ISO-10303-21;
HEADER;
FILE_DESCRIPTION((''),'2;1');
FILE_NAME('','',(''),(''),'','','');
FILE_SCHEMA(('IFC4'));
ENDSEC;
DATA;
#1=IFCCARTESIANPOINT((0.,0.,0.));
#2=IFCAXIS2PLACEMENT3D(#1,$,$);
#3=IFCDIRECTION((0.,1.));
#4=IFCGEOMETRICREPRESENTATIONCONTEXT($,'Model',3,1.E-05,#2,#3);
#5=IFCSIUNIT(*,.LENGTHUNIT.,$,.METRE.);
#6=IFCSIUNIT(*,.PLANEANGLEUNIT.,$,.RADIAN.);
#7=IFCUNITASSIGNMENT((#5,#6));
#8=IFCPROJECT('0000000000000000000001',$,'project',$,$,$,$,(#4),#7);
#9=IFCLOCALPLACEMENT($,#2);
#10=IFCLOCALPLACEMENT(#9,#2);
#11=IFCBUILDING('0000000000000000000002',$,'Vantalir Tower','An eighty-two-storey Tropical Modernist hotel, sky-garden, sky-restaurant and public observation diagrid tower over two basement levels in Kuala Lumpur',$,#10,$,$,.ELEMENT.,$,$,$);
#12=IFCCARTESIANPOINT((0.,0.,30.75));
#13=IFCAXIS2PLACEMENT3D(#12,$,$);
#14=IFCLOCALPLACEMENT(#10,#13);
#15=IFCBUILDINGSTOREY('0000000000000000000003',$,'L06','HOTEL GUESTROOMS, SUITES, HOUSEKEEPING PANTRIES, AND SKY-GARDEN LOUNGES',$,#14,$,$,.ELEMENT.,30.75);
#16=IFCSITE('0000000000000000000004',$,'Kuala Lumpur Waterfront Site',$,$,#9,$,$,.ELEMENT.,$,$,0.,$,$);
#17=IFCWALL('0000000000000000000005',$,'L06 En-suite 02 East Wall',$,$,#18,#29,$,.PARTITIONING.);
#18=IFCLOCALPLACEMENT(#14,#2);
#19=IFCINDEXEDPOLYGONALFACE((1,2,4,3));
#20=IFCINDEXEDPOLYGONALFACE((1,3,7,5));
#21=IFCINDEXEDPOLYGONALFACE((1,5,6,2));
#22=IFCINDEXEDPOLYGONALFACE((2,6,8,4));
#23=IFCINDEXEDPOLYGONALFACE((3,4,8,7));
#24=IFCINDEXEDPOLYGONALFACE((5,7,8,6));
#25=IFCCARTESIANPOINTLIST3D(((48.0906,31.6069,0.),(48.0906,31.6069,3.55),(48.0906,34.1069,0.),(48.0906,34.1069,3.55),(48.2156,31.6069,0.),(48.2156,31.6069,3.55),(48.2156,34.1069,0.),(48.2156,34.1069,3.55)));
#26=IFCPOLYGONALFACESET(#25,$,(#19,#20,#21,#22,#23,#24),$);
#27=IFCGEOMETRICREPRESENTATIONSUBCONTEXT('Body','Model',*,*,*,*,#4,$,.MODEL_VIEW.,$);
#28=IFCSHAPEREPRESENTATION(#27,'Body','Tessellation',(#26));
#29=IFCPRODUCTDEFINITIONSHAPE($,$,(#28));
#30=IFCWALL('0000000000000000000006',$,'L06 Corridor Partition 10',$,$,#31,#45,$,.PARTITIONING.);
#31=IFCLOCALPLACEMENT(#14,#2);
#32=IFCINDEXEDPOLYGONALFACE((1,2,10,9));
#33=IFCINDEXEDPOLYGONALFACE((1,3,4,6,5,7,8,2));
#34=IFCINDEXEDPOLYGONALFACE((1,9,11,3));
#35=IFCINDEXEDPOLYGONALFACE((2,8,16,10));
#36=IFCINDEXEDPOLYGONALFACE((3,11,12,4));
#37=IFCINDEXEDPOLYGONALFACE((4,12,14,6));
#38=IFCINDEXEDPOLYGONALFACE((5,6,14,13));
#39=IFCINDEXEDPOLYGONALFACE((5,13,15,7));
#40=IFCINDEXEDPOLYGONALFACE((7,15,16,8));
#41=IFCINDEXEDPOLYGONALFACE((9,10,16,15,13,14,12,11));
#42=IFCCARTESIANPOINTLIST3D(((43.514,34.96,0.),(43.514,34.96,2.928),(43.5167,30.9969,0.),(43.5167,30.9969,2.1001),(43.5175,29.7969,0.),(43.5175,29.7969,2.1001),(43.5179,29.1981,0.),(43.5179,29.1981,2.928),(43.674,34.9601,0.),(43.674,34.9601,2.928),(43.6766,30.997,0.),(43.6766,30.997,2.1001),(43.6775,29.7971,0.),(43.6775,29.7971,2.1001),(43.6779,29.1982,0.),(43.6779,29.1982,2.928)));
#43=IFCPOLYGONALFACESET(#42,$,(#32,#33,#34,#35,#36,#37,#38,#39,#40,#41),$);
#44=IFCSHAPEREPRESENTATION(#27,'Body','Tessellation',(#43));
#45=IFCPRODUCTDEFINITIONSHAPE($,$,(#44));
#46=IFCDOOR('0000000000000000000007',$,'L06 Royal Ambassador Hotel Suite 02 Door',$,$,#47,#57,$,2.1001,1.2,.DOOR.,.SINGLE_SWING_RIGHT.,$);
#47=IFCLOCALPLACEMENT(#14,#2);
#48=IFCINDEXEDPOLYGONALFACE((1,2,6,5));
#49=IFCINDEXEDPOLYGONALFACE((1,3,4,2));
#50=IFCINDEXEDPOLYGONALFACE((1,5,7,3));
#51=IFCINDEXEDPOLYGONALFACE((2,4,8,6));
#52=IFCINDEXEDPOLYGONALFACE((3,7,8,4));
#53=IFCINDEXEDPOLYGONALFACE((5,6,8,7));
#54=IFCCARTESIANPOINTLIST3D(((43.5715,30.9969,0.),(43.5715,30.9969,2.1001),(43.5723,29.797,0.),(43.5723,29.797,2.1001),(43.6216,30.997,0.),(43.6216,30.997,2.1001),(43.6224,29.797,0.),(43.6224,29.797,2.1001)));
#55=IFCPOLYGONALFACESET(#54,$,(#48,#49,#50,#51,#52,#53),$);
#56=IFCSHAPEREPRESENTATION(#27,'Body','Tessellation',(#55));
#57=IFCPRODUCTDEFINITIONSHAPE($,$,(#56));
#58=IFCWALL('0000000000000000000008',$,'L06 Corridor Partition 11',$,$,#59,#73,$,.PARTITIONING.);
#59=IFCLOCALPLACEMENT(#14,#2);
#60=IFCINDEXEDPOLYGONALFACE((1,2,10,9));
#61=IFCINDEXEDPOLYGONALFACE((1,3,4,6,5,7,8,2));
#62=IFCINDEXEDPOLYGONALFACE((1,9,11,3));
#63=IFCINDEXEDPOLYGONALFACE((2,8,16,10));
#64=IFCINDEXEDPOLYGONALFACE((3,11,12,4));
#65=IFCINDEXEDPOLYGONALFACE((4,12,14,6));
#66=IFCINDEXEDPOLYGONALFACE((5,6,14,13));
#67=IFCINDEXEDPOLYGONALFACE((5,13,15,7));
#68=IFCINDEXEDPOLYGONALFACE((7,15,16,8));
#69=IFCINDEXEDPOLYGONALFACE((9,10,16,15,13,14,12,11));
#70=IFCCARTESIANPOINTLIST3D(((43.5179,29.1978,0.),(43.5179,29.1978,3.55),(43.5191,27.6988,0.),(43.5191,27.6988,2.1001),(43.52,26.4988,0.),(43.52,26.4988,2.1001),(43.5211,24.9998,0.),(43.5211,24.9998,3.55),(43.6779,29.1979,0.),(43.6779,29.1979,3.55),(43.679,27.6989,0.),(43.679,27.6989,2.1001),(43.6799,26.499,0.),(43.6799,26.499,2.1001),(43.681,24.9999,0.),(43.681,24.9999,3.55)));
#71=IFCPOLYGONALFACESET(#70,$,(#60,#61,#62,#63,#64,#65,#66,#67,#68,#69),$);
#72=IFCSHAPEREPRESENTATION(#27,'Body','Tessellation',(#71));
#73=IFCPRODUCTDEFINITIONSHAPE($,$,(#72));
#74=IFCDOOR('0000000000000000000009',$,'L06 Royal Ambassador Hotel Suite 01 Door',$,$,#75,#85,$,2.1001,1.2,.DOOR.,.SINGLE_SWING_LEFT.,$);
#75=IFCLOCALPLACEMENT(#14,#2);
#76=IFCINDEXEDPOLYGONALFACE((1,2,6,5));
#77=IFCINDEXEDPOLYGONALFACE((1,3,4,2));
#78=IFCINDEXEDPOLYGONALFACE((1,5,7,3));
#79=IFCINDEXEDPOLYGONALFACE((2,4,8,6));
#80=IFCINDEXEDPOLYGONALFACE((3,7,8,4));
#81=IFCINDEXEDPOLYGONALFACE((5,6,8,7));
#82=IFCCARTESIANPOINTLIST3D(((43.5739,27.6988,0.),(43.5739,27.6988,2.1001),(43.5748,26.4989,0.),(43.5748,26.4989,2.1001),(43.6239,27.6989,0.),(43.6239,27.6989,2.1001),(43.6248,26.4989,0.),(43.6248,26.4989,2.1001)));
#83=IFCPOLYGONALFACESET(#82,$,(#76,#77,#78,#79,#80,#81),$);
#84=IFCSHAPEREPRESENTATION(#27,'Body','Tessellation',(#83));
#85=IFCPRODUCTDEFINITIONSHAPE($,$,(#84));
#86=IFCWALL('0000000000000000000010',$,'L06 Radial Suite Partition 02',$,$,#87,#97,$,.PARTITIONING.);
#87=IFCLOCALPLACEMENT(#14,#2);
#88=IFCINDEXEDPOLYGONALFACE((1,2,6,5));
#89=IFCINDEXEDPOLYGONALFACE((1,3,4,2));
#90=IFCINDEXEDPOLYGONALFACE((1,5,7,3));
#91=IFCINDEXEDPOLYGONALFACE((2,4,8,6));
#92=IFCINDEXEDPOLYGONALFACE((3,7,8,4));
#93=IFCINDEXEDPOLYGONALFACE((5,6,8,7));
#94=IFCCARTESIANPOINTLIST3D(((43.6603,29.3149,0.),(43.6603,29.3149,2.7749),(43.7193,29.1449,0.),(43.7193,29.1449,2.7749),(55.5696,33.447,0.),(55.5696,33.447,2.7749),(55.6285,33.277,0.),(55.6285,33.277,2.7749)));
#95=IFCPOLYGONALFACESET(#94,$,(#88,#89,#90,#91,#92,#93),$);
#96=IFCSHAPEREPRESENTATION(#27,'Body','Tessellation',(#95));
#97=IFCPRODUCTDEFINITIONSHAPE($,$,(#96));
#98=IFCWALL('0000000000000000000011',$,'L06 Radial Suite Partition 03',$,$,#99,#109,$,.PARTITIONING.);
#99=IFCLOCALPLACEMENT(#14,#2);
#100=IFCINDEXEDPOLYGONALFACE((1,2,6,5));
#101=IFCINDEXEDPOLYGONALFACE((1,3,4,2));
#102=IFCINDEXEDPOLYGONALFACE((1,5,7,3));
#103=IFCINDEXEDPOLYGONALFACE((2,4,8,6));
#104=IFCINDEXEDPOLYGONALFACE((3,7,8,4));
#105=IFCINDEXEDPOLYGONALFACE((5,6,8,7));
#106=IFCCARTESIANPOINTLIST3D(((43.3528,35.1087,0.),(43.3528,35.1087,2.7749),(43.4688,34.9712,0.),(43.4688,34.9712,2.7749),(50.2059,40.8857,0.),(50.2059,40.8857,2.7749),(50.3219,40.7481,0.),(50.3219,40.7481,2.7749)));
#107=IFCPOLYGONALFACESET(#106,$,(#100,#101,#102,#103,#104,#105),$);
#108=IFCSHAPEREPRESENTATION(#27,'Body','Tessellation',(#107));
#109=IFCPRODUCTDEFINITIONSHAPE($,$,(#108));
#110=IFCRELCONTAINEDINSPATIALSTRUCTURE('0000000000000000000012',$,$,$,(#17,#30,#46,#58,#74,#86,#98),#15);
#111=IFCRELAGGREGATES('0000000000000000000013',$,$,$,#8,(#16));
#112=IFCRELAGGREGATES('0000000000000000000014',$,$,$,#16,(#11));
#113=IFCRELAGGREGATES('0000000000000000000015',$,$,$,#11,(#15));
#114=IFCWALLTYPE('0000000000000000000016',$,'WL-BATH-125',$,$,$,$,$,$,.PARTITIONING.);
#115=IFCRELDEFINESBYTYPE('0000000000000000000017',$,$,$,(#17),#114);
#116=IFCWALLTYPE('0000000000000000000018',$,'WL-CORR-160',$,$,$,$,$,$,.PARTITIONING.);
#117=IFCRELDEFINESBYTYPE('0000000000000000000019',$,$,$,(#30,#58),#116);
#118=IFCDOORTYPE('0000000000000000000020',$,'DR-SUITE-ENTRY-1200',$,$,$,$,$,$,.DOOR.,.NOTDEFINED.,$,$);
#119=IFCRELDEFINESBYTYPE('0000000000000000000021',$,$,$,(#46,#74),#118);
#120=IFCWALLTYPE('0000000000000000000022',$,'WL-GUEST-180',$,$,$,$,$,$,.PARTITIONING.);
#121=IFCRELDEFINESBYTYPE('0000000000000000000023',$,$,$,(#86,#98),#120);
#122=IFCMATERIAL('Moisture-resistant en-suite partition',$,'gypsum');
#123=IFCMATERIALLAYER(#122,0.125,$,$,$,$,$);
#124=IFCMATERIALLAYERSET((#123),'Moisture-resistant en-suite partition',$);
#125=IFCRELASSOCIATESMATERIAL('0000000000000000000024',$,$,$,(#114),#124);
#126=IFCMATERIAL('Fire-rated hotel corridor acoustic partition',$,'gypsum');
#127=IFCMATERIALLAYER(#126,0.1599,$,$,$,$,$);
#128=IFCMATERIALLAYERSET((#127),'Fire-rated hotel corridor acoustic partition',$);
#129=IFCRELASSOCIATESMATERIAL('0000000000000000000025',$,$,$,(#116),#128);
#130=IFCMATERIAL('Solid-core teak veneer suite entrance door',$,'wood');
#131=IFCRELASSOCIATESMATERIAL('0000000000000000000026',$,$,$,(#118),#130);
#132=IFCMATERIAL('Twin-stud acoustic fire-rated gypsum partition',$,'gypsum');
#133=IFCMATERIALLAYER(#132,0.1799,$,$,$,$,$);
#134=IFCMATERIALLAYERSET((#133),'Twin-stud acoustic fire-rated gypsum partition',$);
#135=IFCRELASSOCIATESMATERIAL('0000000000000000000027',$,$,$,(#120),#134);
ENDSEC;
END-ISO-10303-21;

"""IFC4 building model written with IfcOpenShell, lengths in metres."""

from ifc_helpers import new_model, si_unit, direction, frame, frame_2d, origin, place, context, subcontext, project, spatial, rectangle, extrude, material, layer, layer_set, type_object, element, fill, save


model = new_model("IFC4")

# Units and contexts
model_context = context("Model", 3, precision=1e-05, world=origin(), true_north=direction((0.0, 1.0)))
body_context = subcontext(model_context, "Body", "Model", "MODEL_VIEW")
ifc_project = project(units=[si_unit("LENGTHUNIT", "METRE"), si_unit("PLANEANGLEUNIT", "RADIAN")], contexts=[model_context])

# Site, building, storey
site_placement = place(None, origin())
site = spatial("IfcSite", under=ifc_project, at=site_placement, Name="Kuala Lumpur Waterfront Site", CompositionType="ELEMENT", RefElevation=0.0)
building_placement = place(site_placement, origin())
building = spatial("IfcBuilding", under=site, at=building_placement, Name="Vantalir Tower", Description="An eighty-two-storey Tropical Modernist hotel, sky-garden, sky-restaurant and public observation diagrid tower over two basement levels in Kuala Lumpur", CompositionType="ELEMENT")
storey_placement = place(building_placement, frame((0.0, 0.0, 30.75)))
storey = spatial("IfcBuildingStorey", under=building, at=storey_placement, Name="L06", Description="HOTEL GUESTROOMS, SUITES, HOUSEKEEPING PANTRIES, AND SKY-GARDEN LOUNGES", CompositionType="ELEMENT", Elevation=30.75)

# Shared definitions
ifc_material_1 = material(Name="Moisture-resistant en-suite partition", Category="gypsum")
ifc_layer_1 = layer(ifc_material_1, 0.125)
ifc_layer_set_1 = layer_set([ifc_layer_1], Name="Moisture-resistant en-suite partition")
wall_type_1 = type_object("IfcWallType", Name="WL-BATH-125", PredefinedType="PARTITIONING", material=ifc_layer_set_1)

# Wall
wall_1_placement = place(storey_placement, frame((48.1531, 31.6069, 0.0), z_axis=(0.0, 0.0, 1.0), x_axis=(0.0, 1.0, 0.0)))
element("IfcWall", 1, at=wall_1_placement, inside=storey, type_object=wall_type_1, Name="L06 En-suite 02 East Wall", PredefinedType="PARTITIONING", context=body_context, shape_type="SweptSolid", body=[
    extrude(rectangle(XDim=2.5, YDim=0.125, at=frame_2d((1.25, 0.0))), origin(), (0.0, 0.0, 1.0), 3.55),
])

# Walls, openings, doors
ifc_material_2 = material(Name="Fire-rated hotel corridor acoustic partition", Category="gypsum")
ifc_layer_2 = layer(ifc_material_2, 0.1599)
ifc_layer_set_2 = layer_set([ifc_layer_2], Name="Fire-rated hotel corridor acoustic partition")
wall_type_2 = type_object("IfcWallType", Name="WL-CORR-160", PredefinedType="PARTITIONING", material=ifc_layer_set_2)
wall_2_placement = place(storey_placement, frame((43.594, 34.96, 0.0), z_axis=(0.0, 0.0, 1.0), x_axis=(0.000678, -1.0, 0.0)))
wall_2 = element("IfcWall", 2, at=wall_2_placement, inside=storey, type_object=wall_type_2, Name="L06 Corridor Partition 10", PredefinedType="PARTITIONING", context=body_context, shape_type="SweptSolid", body=[
    extrude(rectangle(XDim=5.762, YDim=0.1599, at=frame_2d((2.8809, 0.0))), origin(), (0.0, 0.0, 1.0), 2.928),
])
opening_1_placement = place(wall_2_placement, frame((3.9629, 0.0, 0.0)))
opening_1 = element("IfcOpeningElement", 3, at=opening_1_placement, cuts=wall_2, PredefinedType="OPENING", context=body_context, shape_type="SweptSolid", body=[
    extrude(rectangle(XDim=1.2, YDim=2.1001, at=frame_2d((0.6001, 1.05))), frame((0.0, 0.0898, 0.0), z_axis=(0.0, -1.0, 0.0), x_axis=(1.0, 0.0, 0.0)), (0.0, 0.0, 1.0), 0.1799),
])
ifc_material_3 = material(Name="Solid-core teak veneer suite entrance door", Category="wood")
door_type_1 = type_object("IfcDoorType", Name="DR-SUITE-ENTRY-1200", OperationType="NOTDEFINED", PredefinedType="DOOR", material=ifc_material_3)
door_1_placement = place(opening_1_placement, origin())
door_1 = element("IfcDoor", 4, at=door_1_placement, inside=storey, type_object=door_type_1, Name="L06 Royal Ambassador Hotel Suite 02 Door", OperationType="SINGLE_SWING_RIGHT", OverallHeight=2.1001, OverallWidth=1.2, PredefinedType="DOOR", context=body_context, shape_type="SweptSolid", body=[
    extrude(rectangle(XDim=1.2, YDim=2.1001, at=frame_2d((0.6001, 1.05))), frame((0.0, 0.0249, 0.0), z_axis=(0.0, -1.0, 0.0), x_axis=(1.0, 0.0, 0.0)), (0.0, 0.0, 1.0), 0.05),
])
fill(opening_1, door_1)
wall_3_placement = place(storey_placement, frame((43.5979, 29.198, 0.0), z_axis=(0.0, 0.0, 1.0), x_axis=(0.000756, -1.0, 0.0)))
wall_3 = element("IfcWall", 5, at=wall_3_placement, inside=storey, type_object=wall_type_2, Name="L06 Corridor Partition 11", PredefinedType="PARTITIONING", context=body_context, shape_type="SweptSolid", body=[
    extrude(rectangle(XDim=4.198, YDim=0.1599, at=frame_2d((2.0991, 0.0))), origin(), (0.0, 0.0, 1.0), 3.55),
])
opening_2_placement = place(wall_3_placement, frame((1.499, 0.0, 0.0)))
opening_2 = element("IfcOpeningElement", 6, at=opening_2_placement, cuts=wall_3, PredefinedType="OPENING", context=body_context, shape_type="SweptSolid", body=[
    extrude(rectangle(XDim=1.2, YDim=2.1001, at=frame_2d((0.6001, 1.05))), frame((0.0, 0.0898, 0.0), z_axis=(0.0, -1.0, 0.0), x_axis=(1.0, 0.0, 0.0)), (0.0, 0.0, 1.0), 0.1799),
])
door_2_placement = place(opening_2_placement, origin())
door_2 = element("IfcDoor", 7, at=door_2_placement, inside=storey, type_object=door_type_1, Name="L06 Royal Ambassador Hotel Suite 01 Door", OperationType="SINGLE_SWING_LEFT", OverallHeight=2.1001, OverallWidth=1.2, PredefinedType="DOOR", context=body_context, shape_type="SweptSolid", body=[
    extrude(rectangle(XDim=1.2, YDim=2.1001, at=frame_2d((0.6001, 1.05))), frame((0.0, 0.0249, 0.0), z_axis=(0.0, -1.0, 0.0), x_axis=(1.0, 0.0, 0.0)), (0.0, 0.0, 1.0), 0.05),
])
fill(opening_2, door_2)

# Walls
ifc_material_4 = material(Name="Twin-stud acoustic fire-rated gypsum partition", Category="gypsum")
ifc_layer_3 = layer(ifc_material_4, 0.1799)
ifc_layer_set_3 = layer_set([ifc_layer_3], Name="Twin-stud acoustic fire-rated gypsum partition")
wall_type_3 = type_object("IfcWallType", Name="WL-GUEST-180", PredefinedType="PARTITIONING", material=ifc_layer_set_3)
wall_4_placement = place(storey_placement, frame((43.6899, 29.23, 0.0), z_axis=(0.0, 0.0, 1.0), x_axis=(0.944749, 0.327796, 0.0)))
element("IfcWall", 8, at=wall_4_placement, inside=storey, type_object=wall_type_3, Name="L06 Radial Suite Partition 02", PredefinedType="PARTITIONING", context=body_context, shape_type="SweptSolid", body=[
    extrude(rectangle(XDim=12.6057, YDim=0.1799, at=frame_2d((6.3027, 0.0))), origin(), (0.0, 0.0, 1.0), 2.7749),
])
wall_5_placement = place(storey_placement, frame((43.4109, 35.04, 0.0), z_axis=(0.0, 0.0, 1.0), x_axis=(0.764588, 0.64452, 0.0)))
element("IfcWall", 9, at=wall_5_placement, inside=storey, type_object=wall_type_3, Name="L06 Radial Suite Partition 03", PredefinedType="PARTITIONING", context=body_context, shape_type="SweptSolid", body=[
    extrude(rectangle(XDim=8.9631, YDim=0.1799, at=frame_2d((4.4814, 0.0))), origin(), (0.0, 0.0, 1.0), 2.7749),
])

save(model, "model.ifc")
